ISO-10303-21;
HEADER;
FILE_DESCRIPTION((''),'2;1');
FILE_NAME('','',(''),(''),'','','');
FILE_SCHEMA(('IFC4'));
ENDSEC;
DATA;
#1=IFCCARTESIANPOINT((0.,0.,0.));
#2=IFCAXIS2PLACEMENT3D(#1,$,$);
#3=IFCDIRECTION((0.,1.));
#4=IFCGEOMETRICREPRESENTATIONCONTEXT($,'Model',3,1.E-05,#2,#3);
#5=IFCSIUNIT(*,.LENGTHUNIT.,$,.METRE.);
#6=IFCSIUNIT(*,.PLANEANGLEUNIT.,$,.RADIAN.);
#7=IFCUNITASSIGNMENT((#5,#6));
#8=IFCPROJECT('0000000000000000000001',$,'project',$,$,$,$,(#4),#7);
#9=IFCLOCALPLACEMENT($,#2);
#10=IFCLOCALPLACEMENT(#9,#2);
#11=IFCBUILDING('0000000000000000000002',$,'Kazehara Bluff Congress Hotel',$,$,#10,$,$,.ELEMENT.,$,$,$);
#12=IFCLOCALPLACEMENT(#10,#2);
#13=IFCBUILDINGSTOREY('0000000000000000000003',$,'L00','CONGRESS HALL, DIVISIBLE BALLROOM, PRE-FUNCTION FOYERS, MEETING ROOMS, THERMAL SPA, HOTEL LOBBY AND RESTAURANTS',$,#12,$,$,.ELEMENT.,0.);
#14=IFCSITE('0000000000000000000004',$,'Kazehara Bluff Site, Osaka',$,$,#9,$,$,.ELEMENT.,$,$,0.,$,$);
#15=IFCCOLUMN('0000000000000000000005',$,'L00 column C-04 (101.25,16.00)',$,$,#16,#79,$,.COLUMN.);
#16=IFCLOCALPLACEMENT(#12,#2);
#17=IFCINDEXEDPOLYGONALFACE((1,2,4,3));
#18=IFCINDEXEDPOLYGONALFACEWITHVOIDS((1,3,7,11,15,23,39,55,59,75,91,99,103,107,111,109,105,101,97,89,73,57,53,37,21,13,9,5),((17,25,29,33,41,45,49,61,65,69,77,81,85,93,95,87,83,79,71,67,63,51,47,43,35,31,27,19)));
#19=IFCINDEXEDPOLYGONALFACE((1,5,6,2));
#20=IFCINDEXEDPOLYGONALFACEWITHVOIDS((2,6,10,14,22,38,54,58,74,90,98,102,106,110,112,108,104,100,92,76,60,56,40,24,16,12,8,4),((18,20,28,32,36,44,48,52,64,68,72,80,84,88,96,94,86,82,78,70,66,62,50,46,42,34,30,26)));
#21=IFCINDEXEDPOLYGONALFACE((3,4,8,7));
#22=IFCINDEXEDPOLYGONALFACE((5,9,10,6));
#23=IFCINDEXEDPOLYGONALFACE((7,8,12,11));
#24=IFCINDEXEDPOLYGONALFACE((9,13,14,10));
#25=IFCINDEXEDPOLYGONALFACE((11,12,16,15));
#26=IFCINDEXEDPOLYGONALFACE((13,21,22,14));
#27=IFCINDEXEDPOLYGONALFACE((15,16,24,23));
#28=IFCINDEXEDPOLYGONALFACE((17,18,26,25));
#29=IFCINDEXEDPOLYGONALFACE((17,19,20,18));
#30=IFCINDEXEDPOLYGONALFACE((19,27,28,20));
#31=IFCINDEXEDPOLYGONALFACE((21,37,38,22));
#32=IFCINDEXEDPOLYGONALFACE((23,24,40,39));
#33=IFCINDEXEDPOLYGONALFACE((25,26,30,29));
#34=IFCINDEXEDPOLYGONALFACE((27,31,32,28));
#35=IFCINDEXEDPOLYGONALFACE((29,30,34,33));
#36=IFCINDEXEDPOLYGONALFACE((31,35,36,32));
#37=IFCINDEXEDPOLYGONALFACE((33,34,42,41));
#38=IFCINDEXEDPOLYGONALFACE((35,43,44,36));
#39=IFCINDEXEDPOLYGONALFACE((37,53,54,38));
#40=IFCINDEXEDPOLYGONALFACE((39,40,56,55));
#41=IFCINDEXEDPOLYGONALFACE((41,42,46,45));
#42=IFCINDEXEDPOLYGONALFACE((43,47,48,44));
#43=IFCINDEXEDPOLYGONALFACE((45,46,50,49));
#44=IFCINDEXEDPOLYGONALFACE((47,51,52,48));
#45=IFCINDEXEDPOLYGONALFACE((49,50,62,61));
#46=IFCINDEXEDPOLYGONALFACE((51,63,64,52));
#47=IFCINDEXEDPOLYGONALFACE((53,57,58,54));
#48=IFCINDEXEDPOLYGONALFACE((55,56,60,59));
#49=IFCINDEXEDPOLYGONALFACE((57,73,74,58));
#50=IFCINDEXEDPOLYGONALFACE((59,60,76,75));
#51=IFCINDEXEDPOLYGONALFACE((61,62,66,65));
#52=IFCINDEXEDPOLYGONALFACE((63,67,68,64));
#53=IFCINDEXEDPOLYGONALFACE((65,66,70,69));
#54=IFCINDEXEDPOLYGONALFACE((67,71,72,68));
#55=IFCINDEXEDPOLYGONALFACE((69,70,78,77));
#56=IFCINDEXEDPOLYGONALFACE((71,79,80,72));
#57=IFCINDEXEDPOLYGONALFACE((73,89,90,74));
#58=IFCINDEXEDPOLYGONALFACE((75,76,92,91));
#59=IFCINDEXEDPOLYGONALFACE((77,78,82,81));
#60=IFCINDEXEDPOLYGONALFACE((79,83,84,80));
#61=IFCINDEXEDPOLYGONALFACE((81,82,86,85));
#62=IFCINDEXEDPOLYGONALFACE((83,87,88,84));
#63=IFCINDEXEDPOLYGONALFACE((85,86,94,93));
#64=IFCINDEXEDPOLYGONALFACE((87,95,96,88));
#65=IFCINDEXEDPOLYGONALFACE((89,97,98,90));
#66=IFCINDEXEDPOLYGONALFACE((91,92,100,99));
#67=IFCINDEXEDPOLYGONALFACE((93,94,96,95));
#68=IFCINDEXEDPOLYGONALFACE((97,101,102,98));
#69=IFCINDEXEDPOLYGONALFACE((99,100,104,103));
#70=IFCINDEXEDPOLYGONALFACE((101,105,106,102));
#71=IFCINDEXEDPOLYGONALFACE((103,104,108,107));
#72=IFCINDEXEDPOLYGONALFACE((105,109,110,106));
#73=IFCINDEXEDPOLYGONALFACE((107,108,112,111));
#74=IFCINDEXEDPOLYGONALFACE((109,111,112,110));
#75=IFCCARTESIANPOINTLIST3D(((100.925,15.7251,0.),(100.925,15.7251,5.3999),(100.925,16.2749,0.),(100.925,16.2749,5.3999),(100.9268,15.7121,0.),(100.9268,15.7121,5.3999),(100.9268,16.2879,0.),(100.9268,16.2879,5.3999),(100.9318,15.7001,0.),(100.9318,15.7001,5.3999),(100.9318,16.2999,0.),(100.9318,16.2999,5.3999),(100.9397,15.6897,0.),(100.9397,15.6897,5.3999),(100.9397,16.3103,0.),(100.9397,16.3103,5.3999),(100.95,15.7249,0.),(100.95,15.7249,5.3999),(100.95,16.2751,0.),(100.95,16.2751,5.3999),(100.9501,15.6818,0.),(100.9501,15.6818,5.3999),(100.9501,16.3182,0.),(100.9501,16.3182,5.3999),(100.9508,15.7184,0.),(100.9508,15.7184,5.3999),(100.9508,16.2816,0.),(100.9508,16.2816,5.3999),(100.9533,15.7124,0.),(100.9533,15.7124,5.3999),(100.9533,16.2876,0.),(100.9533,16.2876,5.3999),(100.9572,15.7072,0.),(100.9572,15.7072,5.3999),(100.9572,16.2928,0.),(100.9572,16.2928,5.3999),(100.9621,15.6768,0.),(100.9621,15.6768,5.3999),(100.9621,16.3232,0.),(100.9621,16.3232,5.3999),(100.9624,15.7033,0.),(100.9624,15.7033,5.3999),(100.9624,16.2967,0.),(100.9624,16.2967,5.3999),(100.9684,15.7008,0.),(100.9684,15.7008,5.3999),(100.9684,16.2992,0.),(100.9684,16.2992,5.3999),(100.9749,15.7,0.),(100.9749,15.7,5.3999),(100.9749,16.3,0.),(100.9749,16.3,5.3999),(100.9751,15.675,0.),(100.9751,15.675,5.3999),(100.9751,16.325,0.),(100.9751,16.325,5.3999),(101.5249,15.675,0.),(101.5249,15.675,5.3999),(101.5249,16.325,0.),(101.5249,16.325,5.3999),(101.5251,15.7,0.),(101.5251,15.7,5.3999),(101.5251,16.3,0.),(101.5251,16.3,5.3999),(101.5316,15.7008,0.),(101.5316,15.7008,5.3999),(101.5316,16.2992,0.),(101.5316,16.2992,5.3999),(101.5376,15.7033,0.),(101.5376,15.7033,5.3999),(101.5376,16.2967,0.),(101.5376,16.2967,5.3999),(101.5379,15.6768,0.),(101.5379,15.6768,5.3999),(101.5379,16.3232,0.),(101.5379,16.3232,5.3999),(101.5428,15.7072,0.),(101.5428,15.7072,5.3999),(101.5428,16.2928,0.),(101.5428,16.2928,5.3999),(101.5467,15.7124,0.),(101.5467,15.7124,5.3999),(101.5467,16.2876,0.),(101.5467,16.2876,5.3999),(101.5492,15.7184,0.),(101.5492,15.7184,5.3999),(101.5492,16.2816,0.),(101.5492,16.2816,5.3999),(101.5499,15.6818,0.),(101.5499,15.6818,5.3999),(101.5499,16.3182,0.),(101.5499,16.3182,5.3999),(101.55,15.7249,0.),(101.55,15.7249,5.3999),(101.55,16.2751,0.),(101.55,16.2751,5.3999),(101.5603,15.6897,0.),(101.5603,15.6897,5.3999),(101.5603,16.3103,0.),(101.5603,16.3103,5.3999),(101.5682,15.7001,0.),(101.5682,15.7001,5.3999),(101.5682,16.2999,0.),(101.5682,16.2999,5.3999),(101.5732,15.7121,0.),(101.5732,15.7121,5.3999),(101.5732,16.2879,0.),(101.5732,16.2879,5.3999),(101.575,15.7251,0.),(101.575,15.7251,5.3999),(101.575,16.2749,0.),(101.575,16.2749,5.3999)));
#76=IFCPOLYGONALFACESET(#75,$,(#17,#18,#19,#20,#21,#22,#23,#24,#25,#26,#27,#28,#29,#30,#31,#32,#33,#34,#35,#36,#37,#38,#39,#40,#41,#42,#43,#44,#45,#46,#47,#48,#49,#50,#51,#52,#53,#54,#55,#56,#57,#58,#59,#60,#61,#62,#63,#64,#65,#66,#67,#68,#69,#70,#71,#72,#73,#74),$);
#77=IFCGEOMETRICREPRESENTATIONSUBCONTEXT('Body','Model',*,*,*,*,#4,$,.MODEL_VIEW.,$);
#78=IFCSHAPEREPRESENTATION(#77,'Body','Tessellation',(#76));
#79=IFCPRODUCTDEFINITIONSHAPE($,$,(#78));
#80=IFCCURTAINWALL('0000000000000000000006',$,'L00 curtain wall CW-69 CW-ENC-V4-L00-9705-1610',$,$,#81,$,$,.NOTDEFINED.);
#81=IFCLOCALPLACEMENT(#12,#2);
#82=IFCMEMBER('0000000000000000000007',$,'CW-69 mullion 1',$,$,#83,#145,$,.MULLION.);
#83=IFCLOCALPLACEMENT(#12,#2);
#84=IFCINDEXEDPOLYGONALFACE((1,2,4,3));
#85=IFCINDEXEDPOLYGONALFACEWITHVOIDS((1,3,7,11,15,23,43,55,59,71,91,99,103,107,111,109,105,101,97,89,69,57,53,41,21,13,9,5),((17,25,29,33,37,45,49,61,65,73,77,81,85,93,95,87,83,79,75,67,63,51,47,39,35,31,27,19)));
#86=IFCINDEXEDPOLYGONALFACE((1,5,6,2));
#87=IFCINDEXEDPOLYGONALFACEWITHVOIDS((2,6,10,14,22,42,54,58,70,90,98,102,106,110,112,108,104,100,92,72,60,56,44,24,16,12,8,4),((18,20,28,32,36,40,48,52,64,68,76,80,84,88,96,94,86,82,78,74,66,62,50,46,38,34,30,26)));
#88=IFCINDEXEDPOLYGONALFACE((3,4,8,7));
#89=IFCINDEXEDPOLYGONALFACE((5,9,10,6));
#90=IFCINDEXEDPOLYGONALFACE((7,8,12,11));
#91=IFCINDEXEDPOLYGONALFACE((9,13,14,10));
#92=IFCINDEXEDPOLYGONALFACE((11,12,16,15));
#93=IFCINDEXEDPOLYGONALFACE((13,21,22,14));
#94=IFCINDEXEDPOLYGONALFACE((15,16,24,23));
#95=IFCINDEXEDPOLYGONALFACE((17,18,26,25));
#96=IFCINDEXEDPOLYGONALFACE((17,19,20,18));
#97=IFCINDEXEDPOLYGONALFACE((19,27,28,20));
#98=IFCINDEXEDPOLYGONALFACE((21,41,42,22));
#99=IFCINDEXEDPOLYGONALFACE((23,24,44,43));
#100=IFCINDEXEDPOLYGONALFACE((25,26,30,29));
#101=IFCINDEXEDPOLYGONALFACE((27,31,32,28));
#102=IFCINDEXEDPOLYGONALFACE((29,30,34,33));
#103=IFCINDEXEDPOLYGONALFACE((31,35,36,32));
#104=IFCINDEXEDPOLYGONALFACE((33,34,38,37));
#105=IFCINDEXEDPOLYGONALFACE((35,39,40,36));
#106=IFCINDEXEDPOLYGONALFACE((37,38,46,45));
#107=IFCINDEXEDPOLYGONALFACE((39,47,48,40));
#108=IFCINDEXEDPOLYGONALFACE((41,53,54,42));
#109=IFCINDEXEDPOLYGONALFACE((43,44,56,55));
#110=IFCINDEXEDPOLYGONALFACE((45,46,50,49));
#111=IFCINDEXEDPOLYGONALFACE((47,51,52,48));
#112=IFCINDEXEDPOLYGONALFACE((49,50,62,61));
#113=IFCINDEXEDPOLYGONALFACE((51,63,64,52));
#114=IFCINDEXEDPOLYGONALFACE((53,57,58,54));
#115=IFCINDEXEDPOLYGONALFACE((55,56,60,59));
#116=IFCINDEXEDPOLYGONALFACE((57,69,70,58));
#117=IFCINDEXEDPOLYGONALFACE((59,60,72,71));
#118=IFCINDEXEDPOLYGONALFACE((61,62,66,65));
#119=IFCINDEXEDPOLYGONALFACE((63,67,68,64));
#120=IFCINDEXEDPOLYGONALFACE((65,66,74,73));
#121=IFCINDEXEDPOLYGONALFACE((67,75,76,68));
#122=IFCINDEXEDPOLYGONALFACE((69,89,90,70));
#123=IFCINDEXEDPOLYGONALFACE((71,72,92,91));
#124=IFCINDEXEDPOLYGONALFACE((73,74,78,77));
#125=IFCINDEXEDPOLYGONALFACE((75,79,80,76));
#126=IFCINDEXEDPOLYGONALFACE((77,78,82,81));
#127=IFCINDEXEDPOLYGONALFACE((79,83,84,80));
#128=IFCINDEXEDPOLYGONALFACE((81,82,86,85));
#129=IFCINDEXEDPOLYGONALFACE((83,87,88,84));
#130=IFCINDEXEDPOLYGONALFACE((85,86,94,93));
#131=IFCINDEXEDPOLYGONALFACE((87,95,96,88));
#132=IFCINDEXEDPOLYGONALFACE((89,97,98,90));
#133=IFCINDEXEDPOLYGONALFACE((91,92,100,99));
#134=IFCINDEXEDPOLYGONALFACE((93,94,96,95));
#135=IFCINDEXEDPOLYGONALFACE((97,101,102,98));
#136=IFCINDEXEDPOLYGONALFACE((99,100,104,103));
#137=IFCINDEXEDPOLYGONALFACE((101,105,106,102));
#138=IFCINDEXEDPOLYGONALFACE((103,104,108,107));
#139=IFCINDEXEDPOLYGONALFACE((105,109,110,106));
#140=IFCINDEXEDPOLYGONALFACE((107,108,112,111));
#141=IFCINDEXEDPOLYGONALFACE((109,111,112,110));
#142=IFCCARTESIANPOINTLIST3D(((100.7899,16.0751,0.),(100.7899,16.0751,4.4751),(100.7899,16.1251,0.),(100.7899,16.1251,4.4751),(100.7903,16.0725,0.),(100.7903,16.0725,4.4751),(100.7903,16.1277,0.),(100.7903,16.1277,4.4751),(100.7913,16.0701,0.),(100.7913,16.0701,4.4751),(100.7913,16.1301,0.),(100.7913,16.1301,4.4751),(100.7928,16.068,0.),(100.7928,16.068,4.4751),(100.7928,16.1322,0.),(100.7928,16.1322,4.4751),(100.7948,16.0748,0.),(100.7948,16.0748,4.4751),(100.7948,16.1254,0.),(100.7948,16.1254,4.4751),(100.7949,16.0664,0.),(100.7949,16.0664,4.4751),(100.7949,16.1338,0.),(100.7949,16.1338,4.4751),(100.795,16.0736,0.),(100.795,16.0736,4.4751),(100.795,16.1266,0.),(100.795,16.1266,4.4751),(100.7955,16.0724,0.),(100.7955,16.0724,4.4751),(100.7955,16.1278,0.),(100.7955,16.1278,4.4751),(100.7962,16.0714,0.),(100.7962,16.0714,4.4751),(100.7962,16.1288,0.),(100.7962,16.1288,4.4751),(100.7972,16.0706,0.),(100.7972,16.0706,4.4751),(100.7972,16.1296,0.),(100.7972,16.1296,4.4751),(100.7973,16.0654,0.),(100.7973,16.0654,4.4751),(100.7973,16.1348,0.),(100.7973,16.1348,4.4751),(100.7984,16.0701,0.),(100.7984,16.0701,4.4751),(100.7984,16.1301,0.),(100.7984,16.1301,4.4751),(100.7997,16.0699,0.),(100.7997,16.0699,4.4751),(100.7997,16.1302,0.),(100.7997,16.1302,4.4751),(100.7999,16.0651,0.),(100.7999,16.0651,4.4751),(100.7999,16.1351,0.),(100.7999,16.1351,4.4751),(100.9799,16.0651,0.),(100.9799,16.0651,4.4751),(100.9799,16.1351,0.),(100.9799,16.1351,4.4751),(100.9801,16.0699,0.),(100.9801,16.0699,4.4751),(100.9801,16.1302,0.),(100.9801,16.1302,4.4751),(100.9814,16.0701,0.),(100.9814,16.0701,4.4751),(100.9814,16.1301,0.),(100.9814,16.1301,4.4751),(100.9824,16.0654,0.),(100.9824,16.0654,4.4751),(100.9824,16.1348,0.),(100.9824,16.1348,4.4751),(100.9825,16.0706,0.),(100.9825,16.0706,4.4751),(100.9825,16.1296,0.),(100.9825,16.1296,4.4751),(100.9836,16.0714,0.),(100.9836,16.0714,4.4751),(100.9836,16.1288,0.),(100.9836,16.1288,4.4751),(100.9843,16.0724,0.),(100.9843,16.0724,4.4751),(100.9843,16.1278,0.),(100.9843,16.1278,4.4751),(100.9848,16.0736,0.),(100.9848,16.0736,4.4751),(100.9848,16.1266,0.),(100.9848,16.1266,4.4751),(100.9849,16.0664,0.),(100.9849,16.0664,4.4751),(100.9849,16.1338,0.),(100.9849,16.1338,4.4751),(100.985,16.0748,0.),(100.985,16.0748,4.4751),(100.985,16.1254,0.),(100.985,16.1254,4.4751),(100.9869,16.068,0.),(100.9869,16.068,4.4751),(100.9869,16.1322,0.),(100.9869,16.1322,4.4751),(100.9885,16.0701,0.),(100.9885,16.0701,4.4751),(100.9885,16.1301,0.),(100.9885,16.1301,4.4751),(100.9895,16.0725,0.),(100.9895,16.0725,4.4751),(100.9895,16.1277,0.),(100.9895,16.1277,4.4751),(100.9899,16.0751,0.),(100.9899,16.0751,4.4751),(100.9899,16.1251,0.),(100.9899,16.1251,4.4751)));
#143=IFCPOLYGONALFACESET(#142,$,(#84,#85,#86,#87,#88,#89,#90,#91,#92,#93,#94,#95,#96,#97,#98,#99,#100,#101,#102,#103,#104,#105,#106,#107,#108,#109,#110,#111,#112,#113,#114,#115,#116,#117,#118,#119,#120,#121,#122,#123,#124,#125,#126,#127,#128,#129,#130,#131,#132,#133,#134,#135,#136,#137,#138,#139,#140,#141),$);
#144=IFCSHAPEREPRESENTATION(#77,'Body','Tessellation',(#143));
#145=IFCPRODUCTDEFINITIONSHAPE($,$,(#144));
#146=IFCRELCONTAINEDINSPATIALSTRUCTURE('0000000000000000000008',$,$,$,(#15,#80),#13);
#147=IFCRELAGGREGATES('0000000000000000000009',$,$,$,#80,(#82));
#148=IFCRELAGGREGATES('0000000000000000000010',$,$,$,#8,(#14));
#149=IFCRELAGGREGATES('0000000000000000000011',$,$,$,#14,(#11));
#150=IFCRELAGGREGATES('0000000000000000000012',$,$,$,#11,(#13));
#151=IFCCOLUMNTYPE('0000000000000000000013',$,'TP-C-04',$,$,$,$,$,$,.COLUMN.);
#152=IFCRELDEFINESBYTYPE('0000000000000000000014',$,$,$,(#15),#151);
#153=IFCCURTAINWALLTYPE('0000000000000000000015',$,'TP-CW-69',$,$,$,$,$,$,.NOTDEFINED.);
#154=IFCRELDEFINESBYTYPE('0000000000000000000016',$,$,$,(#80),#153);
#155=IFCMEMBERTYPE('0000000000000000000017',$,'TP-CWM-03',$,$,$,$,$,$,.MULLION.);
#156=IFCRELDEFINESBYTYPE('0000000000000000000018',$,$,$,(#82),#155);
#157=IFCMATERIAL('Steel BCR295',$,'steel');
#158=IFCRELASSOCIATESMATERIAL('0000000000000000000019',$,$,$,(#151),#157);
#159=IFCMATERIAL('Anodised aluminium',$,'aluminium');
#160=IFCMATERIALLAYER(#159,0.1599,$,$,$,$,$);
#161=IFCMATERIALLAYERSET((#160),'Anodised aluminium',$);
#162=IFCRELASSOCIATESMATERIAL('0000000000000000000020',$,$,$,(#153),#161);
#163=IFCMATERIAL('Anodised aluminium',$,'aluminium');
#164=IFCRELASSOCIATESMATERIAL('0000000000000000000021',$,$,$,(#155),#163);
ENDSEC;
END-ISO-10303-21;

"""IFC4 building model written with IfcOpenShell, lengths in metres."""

from ifc_helpers import new_model, si_unit, direction, frame, origin, origin_2d, place, context, subcontext, project, spatial, hollow_rectangle, extrude, material, layer, layer_set, material_profile, profile_set, type_object, element, aggregate, save


model = new_model("IFC4")

# Units and contexts
model_context = context("Model", 3, precision=1e-05, world=origin(), true_north=direction((0.0, 1.0)))
body_context = subcontext(model_context, "Body", "Model", "MODEL_VIEW")
ifc_project = project(units=[si_unit("LENGTHUNIT", "METRE"), si_unit("PLANEANGLEUNIT", "RADIAN")], contexts=[model_context])

# Site, building, storey
site_placement = place(None, origin())
site = spatial("IfcSite", under=ifc_project, at=site_placement, Name="Kazehara Bluff Site, Osaka", CompositionType="ELEMENT", RefElevation=0.0)
building_placement = place(site_placement, origin())
building = spatial("IfcBuilding", under=site, at=building_placement, Name="Kazehara Bluff Congress Hotel", CompositionType="ELEMENT")
storey_placement = place(building_placement, origin())
storey = spatial("IfcBuildingStorey", under=building, at=storey_placement, Name="L00", Description="CONGRESS HALL, DIVISIBLE BALLROOM, PRE-FUNCTION FOYERS, MEETING ROOMS, THERMAL SPA, HOTEL LOBBY AND RESTAURANTS", CompositionType="ELEMENT", Elevation=0.0)

# Column
ifc_material_1 = material(Name="Steel BCR295", Category="steel")
ifc_material_profile_1 = material_profile(ifc_material_1, hollow_rectangle(XDim=0.6499, YDim=0.6499, WallThickness=0.0249, InnerFilletRadius=0.0249, OuterFilletRadius=0.05, at=origin_2d()))
ifc_profile_set_1 = profile_set([ifc_material_profile_1], Name="Steel BCR295")
column_type = type_object("IfcColumnType", Name="TP-C-04", PredefinedType="COLUMN", material=ifc_profile_set_1)
column_placement = place(storey_placement, frame((101.25, 16.0, 0.0), z_axis=(0.0, 0.0, 1.0), x_axis=(1.0, 0.0, 0.0)))
element("IfcColumn", 1, at=column_placement, inside=storey, type_object=column_type, Name="L00 column C-04 (101.25,16.00)", PredefinedType="COLUMN", context=body_context, shape_type="SweptSolid", body=[
    extrude(hollow_rectangle(XDim=0.6499, YDim=0.6499, WallThickness=0.0249, InnerFilletRadius=0.0249, OuterFilletRadius=0.05, at=origin_2d()), origin(), (0.0, 0.0, 1.0), 5.3999),
])

# Curtain wall, member
ifc_material_2 = material(Name="Anodised aluminium", Category="aluminium")
ifc_layer_1 = layer(ifc_material_2, 0.1599)
ifc_layer_set_1 = layer_set([ifc_layer_1], Name="Anodised aluminium")
curtain_wall_type_1 = type_object("IfcCurtainWallType", Name="TP-CW-69", PredefinedType="NOTDEFINED", material=ifc_layer_set_1)
curtain_wall_1_placement = place(storey_placement, origin())
curtain_wall_1 = element("IfcCurtainWall", 2, at=curtain_wall_1_placement, inside=storey, type_object=curtain_wall_type_1, Name="L00 curtain wall CW-69 CW-ENC-V4-L00-9705-1610", PredefinedType="NOTDEFINED")
ifc_material_3 = material(Name="Anodised aluminium", Category="aluminium")
ifc_material_profile_2 = material_profile(ifc_material_3, hollow_rectangle(XDim=0.0701, YDim=0.2, WallThickness=0.0049, InnerFilletRadius=0.0049, OuterFilletRadius=0.01, at=origin_2d()))
ifc_profile_set_2 = profile_set([ifc_material_profile_2], Name="Anodised aluminium")
member_type_1 = type_object("IfcMemberType", Name="TP-CWM-03", PredefinedType="MULLION", material=ifc_profile_set_2)
member_1_placement = place(storey_placement, frame((100.8899, 16.1001, 0.0), z_axis=(0.0, 0.0, 1.0), x_axis=(0.0, -1.0, 0.0)))
member_1 = element("IfcMember", 3, at=member_1_placement, type_object=member_type_1, Name="CW-69 mullion 1", PredefinedType="MULLION", context=body_context, shape_type="SweptSolid", body=[
    extrude(hollow_rectangle(XDim=0.0701, YDim=0.2, WallThickness=0.0049, InnerFilletRadius=0.0049, OuterFilletRadius=0.01, at=origin_2d()), origin(), (0.0, 0.0, 1.0), 4.4751),
])

aggregate(curtain_wall_1, [member_1])

save(model, "model.ifc")
